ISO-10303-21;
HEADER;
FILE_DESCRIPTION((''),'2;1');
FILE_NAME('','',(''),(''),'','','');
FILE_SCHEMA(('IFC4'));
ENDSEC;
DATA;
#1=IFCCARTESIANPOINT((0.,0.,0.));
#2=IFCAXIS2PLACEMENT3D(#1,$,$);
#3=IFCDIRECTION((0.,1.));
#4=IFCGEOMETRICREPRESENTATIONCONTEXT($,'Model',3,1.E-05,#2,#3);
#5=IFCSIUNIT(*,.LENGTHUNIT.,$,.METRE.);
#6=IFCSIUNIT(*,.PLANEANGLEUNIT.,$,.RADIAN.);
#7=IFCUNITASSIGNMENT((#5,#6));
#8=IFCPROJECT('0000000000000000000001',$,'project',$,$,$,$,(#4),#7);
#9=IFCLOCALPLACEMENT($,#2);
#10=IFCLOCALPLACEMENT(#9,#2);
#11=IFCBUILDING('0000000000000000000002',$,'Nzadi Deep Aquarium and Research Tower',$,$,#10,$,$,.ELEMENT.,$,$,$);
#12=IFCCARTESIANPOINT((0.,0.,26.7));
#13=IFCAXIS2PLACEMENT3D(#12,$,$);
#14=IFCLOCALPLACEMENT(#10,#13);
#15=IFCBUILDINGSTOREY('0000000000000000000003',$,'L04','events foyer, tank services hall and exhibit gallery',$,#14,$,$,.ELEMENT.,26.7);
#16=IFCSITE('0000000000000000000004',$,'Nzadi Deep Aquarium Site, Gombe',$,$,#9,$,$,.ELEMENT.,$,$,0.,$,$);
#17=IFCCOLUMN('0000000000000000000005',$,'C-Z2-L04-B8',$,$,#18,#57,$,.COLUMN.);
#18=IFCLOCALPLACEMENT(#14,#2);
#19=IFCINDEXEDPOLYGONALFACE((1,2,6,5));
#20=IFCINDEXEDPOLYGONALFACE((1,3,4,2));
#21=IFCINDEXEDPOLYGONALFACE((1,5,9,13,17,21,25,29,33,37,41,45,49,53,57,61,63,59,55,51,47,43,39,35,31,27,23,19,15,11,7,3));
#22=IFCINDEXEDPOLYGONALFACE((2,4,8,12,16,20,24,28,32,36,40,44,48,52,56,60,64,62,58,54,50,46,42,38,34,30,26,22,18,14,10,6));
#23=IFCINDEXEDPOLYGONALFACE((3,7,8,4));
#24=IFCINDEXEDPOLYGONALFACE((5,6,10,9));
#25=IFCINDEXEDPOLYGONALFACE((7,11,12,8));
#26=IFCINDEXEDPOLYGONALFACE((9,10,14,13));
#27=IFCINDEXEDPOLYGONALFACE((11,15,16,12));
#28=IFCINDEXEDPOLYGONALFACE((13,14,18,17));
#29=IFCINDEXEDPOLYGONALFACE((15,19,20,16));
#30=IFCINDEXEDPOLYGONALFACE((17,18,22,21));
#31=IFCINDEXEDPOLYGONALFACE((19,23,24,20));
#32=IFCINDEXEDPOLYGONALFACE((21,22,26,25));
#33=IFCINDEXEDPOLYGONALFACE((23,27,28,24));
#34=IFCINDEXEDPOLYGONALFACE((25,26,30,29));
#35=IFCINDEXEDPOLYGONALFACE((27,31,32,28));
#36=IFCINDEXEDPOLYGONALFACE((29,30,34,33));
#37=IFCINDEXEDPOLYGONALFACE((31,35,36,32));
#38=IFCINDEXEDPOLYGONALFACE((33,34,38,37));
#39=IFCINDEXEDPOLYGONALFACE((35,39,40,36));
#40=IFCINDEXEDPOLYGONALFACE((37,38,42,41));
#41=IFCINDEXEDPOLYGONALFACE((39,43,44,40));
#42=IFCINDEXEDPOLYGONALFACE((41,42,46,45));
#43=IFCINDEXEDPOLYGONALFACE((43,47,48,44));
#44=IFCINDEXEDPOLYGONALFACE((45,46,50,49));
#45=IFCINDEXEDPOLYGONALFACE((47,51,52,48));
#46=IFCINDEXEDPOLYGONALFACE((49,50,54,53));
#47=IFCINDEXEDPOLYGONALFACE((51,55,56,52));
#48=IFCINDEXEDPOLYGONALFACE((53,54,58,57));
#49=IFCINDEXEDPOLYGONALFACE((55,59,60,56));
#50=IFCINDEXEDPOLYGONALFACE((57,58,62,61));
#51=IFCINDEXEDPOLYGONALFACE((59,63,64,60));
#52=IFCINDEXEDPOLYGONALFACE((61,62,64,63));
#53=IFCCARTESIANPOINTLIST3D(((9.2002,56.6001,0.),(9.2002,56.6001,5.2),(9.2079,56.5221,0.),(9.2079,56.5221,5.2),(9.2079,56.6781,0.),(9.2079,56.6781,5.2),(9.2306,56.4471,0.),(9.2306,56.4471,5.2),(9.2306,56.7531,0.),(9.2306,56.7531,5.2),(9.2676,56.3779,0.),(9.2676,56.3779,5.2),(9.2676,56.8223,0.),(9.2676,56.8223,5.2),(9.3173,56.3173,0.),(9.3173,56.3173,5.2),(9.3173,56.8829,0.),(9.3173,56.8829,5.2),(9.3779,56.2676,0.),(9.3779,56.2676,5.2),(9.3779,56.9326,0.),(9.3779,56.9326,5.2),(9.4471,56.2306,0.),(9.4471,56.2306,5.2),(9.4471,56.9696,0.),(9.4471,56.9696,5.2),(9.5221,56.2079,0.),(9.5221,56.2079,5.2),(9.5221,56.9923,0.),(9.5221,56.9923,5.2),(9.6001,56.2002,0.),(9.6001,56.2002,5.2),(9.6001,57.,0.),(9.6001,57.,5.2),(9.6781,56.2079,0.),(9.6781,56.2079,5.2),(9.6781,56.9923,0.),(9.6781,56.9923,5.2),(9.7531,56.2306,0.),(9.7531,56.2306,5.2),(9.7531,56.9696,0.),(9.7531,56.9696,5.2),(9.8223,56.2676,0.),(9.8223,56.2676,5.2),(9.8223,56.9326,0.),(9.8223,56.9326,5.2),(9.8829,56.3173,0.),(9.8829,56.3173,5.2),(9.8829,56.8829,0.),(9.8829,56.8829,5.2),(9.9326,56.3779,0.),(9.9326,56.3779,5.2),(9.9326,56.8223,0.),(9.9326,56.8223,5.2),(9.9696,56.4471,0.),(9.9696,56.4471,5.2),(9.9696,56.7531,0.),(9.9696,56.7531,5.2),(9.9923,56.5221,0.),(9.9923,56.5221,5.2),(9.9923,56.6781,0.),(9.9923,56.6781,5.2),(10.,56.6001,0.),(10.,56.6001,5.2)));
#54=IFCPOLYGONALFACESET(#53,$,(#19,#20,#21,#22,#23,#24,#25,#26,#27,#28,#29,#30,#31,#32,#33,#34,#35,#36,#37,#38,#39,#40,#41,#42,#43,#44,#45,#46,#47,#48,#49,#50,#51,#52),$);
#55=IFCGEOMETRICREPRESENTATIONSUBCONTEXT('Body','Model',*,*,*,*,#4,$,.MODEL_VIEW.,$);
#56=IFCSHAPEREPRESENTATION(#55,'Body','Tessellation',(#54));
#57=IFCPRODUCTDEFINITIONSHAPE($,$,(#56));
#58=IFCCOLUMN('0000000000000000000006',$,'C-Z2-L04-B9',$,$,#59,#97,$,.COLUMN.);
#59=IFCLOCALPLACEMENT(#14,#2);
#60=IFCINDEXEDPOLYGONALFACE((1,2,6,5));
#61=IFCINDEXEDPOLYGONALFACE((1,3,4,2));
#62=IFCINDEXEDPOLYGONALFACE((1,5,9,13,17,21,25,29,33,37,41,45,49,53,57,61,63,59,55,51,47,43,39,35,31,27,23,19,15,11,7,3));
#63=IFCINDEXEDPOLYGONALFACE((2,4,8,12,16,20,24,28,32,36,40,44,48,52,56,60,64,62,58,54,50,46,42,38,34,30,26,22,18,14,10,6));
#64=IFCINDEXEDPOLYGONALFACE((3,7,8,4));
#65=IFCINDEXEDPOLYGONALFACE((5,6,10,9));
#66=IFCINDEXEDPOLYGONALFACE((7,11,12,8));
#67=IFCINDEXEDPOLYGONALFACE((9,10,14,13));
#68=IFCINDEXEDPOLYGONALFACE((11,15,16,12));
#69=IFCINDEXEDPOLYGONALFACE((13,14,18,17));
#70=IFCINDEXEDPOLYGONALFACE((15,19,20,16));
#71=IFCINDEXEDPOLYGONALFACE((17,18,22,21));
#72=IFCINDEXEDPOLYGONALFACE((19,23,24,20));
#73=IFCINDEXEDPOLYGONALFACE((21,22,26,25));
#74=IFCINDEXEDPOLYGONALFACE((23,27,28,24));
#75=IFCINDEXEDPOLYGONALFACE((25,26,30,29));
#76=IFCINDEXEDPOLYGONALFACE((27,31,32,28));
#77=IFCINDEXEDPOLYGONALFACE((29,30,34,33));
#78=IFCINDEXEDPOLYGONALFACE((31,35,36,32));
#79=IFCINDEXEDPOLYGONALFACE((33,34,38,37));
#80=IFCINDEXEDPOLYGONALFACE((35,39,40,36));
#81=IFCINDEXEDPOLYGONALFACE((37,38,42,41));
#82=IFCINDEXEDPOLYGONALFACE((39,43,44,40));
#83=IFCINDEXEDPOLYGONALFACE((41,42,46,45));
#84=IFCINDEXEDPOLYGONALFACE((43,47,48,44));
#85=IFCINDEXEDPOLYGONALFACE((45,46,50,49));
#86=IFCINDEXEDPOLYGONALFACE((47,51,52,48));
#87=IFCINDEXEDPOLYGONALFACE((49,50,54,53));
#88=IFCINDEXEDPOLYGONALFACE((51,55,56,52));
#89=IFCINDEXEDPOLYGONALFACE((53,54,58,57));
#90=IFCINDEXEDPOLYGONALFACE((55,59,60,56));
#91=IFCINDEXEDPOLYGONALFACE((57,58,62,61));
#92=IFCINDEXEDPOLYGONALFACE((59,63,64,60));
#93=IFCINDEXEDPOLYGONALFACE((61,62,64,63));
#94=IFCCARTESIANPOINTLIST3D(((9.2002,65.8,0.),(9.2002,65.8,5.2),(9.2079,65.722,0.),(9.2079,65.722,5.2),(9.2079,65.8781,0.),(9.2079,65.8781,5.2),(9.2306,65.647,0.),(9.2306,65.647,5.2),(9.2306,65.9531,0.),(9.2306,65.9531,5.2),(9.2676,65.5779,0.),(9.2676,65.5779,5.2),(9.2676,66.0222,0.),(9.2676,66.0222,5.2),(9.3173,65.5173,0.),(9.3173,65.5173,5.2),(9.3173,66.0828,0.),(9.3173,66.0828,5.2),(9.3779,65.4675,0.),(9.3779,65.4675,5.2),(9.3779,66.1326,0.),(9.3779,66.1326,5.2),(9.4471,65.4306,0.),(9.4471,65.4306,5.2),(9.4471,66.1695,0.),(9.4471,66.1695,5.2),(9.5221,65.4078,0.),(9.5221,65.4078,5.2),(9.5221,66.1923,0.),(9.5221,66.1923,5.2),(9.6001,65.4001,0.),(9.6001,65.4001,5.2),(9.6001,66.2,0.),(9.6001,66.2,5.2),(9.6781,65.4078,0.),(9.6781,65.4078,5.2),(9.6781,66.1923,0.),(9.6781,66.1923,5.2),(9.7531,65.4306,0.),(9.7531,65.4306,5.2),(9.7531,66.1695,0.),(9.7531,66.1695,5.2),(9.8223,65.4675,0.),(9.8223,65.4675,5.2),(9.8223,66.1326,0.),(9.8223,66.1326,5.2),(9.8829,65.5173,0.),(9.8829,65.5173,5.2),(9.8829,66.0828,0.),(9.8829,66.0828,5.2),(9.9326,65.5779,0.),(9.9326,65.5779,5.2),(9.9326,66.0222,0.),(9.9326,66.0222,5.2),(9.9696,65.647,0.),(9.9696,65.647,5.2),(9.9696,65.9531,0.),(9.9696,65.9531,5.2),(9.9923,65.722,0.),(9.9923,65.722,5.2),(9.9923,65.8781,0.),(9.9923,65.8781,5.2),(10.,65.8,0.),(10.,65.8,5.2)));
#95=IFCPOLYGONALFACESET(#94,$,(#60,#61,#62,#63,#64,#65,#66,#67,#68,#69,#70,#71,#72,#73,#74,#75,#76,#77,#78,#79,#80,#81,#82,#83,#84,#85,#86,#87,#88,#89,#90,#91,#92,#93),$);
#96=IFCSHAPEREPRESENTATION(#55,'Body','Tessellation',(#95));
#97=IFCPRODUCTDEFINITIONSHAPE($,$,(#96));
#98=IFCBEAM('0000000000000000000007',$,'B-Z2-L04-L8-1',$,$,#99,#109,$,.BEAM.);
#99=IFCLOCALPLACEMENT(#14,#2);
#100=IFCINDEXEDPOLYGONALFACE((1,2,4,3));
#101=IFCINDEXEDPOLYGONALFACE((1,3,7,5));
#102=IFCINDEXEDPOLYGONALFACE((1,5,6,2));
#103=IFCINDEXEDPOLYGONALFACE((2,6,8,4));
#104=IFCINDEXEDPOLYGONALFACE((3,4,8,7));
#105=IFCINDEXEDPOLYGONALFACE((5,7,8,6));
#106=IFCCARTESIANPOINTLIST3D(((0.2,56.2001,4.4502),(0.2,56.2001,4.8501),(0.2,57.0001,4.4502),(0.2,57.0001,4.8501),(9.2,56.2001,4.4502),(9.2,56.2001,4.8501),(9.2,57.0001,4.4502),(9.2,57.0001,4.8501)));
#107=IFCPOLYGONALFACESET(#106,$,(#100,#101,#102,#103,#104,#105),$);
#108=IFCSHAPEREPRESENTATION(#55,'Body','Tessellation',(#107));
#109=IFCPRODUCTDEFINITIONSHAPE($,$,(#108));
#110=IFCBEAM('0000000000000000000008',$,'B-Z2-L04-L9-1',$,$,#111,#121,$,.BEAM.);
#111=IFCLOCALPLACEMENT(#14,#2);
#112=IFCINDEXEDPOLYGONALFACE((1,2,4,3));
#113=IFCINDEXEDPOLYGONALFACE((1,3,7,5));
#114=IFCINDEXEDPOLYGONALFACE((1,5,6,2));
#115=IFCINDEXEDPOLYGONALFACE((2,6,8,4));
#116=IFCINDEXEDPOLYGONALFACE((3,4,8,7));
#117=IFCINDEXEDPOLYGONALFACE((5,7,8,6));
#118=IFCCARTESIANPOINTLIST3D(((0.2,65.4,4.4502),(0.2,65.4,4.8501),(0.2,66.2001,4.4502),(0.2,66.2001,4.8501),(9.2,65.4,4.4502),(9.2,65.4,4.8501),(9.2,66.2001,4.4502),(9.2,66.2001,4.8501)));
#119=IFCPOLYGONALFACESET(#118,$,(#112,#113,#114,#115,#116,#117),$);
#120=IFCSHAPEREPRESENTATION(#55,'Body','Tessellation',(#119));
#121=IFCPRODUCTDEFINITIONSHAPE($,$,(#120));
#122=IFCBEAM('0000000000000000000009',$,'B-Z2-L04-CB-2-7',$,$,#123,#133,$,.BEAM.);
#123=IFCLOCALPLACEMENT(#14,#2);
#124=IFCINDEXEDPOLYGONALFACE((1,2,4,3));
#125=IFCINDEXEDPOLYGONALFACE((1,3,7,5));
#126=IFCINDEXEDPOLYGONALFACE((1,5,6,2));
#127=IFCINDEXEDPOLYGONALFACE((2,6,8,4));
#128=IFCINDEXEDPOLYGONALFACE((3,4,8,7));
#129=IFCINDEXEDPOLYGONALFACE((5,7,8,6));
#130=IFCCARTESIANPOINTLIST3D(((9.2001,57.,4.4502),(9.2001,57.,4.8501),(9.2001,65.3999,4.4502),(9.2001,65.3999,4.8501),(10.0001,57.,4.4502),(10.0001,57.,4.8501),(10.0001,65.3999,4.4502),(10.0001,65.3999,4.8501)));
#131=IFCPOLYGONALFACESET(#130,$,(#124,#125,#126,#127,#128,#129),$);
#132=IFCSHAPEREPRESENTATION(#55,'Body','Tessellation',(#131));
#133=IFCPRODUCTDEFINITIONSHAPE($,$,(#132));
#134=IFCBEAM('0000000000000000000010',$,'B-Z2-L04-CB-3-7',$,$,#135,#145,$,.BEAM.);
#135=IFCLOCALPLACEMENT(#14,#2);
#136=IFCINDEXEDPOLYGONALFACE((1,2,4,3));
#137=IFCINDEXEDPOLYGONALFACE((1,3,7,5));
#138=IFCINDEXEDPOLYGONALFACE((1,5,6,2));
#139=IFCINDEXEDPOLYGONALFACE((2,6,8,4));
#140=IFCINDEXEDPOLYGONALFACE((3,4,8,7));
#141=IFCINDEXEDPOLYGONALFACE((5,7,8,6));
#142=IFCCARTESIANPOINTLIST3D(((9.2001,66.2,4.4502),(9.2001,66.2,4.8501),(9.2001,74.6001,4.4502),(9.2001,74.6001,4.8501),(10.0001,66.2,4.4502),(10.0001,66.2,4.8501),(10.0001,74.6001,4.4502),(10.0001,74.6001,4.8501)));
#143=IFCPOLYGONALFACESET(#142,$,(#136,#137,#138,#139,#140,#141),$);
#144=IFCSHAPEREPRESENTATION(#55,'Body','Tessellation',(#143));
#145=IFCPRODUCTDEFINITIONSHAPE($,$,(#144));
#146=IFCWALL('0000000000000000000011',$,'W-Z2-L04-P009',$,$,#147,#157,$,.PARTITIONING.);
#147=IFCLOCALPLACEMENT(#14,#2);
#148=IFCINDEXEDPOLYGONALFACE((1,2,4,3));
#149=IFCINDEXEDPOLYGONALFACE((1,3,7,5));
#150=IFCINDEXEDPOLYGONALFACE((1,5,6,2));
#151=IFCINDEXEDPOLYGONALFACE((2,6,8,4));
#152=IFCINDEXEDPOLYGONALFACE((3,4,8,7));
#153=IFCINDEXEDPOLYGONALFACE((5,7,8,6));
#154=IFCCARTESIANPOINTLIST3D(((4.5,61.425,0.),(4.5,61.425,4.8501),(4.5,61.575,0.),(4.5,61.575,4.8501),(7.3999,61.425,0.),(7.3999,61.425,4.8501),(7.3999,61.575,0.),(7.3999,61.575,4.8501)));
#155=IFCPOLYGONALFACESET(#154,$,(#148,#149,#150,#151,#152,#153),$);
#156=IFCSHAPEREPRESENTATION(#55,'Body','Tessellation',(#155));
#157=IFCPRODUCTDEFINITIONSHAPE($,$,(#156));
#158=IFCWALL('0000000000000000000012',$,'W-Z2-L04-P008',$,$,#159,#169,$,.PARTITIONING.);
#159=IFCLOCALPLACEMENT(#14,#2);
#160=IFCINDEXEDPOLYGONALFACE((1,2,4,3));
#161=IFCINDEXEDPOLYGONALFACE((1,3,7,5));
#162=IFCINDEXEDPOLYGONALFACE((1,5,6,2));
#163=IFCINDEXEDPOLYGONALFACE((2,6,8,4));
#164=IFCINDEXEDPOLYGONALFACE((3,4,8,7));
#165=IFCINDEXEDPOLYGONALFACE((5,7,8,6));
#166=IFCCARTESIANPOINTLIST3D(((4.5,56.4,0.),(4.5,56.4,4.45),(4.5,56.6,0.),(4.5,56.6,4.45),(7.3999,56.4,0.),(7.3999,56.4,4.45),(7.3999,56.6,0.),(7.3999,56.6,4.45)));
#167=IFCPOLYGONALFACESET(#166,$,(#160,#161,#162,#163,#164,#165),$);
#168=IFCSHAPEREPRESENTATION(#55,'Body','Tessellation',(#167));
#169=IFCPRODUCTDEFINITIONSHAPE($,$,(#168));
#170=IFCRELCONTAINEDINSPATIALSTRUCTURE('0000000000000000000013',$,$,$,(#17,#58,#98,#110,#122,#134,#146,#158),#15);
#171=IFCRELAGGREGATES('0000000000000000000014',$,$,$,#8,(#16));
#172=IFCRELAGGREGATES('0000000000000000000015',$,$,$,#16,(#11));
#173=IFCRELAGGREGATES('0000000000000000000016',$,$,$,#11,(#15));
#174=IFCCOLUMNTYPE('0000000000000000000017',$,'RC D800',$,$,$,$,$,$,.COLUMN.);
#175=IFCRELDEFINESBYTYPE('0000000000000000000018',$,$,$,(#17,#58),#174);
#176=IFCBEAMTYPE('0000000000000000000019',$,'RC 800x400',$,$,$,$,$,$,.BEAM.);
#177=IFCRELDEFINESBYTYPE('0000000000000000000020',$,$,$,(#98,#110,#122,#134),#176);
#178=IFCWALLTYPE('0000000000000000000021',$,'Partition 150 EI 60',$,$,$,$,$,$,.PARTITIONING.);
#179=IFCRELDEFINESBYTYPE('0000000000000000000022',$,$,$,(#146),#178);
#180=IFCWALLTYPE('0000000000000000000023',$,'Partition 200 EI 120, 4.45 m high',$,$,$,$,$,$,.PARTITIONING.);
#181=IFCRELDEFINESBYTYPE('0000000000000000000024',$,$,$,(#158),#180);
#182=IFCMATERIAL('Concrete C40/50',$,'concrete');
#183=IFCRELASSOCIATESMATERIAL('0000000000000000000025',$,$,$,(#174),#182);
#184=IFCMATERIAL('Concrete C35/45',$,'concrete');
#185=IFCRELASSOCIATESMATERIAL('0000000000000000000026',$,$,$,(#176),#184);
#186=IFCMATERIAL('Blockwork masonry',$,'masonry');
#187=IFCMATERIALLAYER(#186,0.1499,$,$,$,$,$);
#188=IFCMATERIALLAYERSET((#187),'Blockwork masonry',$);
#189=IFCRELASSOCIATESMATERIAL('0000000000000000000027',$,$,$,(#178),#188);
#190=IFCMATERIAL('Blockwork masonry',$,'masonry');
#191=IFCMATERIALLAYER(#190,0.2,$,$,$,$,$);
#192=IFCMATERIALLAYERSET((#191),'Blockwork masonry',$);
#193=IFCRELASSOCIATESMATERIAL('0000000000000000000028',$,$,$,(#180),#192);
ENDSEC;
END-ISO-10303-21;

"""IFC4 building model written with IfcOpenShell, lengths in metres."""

from ifc_helpers import new_model, si_unit, direction, frame, frame_2d, origin, origin_2d, place, context, subcontext, project, spatial, rectangle, circle, extrude, material, layer, layer_set, material_profile, profile_set, type_object, element, save


model = new_model("IFC4")

# Units and contexts
model_context = context("Model", 3, precision=1e-05, world=origin(), true_north=direction((0.0, 1.0)))
body_context = subcontext(model_context, "Body", "Model", "MODEL_VIEW")
ifc_project = project(units=[si_unit("LENGTHUNIT", "METRE"), si_unit("PLANEANGLEUNIT", "RADIAN")], contexts=[model_context])

# Site, building, storey
site_placement = place(None, origin())
site = spatial("IfcSite", under=ifc_project, at=site_placement, Name="Nzadi Deep Aquarium Site, Gombe", CompositionType="ELEMENT", RefElevation=0.0)
building_placement = place(site_placement, origin())
building = spatial("IfcBuilding", under=site, at=building_placement, Name="Nzadi Deep Aquarium and Research Tower", CompositionType="ELEMENT")
storey_placement = place(building_placement, frame((0.0, 0.0, 26.7)))
storey = spatial("IfcBuildingStorey", under=building, at=storey_placement, Name="L04", Description="events foyer, tank services hall and exhibit gallery", CompositionType="ELEMENT", Elevation=26.7)

# Columns
ifc_material_1 = material(Name="Concrete C40/50", Category="concrete")
ifc_material_profile_1 = material_profile(ifc_material_1, circle(Radius=0.3999, at=origin_2d()))
ifc_profile_set_1 = profile_set([ifc_material_profile_1], Name="Concrete C40/50")
column_type = type_object("IfcColumnType", Name="RC D800", PredefinedType="COLUMN", material=ifc_profile_set_1)
for number, where, z_axis, x_axis, name in (
    (1, (9.6001, 56.6001, 0.0), (0.0, 0.0, 1.0), (1.0, 0.0, 0.0), "C-Z2-L04-B8"),
    (2, (9.6001, 65.8, 0.0), (0.0, 0.0, 1.0), (1.0, 0.0, 0.0), "C-Z2-L04-B9"),
):
    element("IfcColumn", number, at=place(storey_placement, frame(where, z_axis=z_axis, x_axis=x_axis)), inside=storey, type_object=column_type, Name=name, PredefinedType="COLUMN", context=body_context, shape_type="SweptSolid", body=[
        extrude(circle(Radius=0.3999, at=origin_2d()), origin(), (0.0, 0.0, 1.0), 5.2),
    ])

# Beams
ifc_material_2 = material(Name="Concrete C35/45", Category="concrete")
ifc_material_profile_2 = material_profile(ifc_material_2, rectangle(XDim=0.8, YDim=0.3999, at=origin_2d()))
ifc_profile_set_2 = profile_set([ifc_material_profile_2], Name="Concrete C35/45")
beam_type = type_object("IfcBeamType", Name="RC 800x400", PredefinedType="BEAM", material=ifc_profile_set_2)
for number, where, z_axis, x_axis, name in (
    (3, (0.2, 56.6001, 4.6501), (1.0, 0.0, 0.0), (0.0, 1.0, 0.0), "B-Z2-L04-L8-1"),
    (4, (0.2, 65.8, 4.6501), (1.0, 0.0, 0.0), (0.0, 1.0, 0.0), "B-Z2-L04-L9-1"),
):
    element("IfcBeam", number, at=place(storey_placement, frame(where, z_axis=z_axis, x_axis=x_axis)), inside=storey, type_object=beam_type, Name=name, PredefinedType="BEAM", context=body_context, shape_type="SweptSolid", body=[
        extrude(rectangle(XDim=0.8, YDim=0.3999, at=origin_2d()), origin(), (0.0, 0.0, 1.0), 9.0),
    ])
beam_1_placement = place(storey_placement, frame((9.6001, 57.0, 4.6501), z_axis=(0.0, 1.0, 0.0), x_axis=(-1.0, 0.0, 0.0)))
element("IfcBeam", 5, at=beam_1_placement, inside=storey, type_object=beam_type, Name="B-Z2-L04-CB-2-7", PredefinedType="BEAM", context=body_context, shape_type="SweptSolid", body=[
    extrude(rectangle(XDim=0.8, YDim=0.3999, at=origin_2d()), origin(), (0.0, 0.0, 1.0), 8.3999),
])
beam_2_placement = place(storey_placement, frame((9.6001, 66.2, 4.6501), z_axis=(0.0, 1.0, 0.0), x_axis=(-1.0, 0.0, 0.0)))
element("IfcBeam", 6, at=beam_2_placement, inside=storey, type_object=beam_type, Name="B-Z2-L04-CB-3-7", PredefinedType="BEAM", context=body_context, shape_type="SweptSolid", body=[
    extrude(rectangle(XDim=0.8, YDim=0.3999, at=origin_2d()), origin(), (0.0, 0.0, 1.0), 8.4001),
])

# Walls
ifc_material_3 = material(Name="Blockwork masonry", Category="masonry")
ifc_layer_1 = layer(ifc_material_3, 0.1499)
ifc_layer_set_1 = layer_set([ifc_layer_1], Name="Blockwork masonry")
wall_type_1 = type_object("IfcWallType", Name="Partition 150 EI 60", PredefinedType="PARTITIONING", material=ifc_layer_set_1)
wall_1_placement = place(storey_placement, frame((4.5, 61.5, 0.0), z_axis=(0.0, 0.0, 1.0), x_axis=(1.0, 0.0, 0.0)))
element("IfcWall", 7, at=wall_1_placement, inside=storey, type_object=wall_type_1, Name="W-Z2-L04-P009", PredefinedType="PARTITIONING", context=body_context, shape_type="SweptSolid", body=[
    extrude(rectangle(XDim=2.8999, YDim=0.1499, at=frame_2d((1.45, 0.0))), origin(), (0.0, 0.0, 1.0), 4.8501),
])
ifc_material_4 = material(Name="Blockwork masonry", Category="masonry")
ifc_layer_2 = layer(ifc_material_4, 0.2)
ifc_layer_set_2 = layer_set([ifc_layer_2], Name="Blockwork masonry")
wall_type_2 = type_object("IfcWallType", Name="Partition 200 EI 120, 4.45 m high", PredefinedType="PARTITIONING", material=ifc_layer_set_2)
wall_2_placement = place(storey_placement, frame((4.5, 56.5, 0.0), z_axis=(0.0, 0.0, 1.0), x_axis=(1.0, 0.0, 0.0)))
element("IfcWall", 8, at=wall_2_placement, inside=storey, type_object=wall_type_2, Name="W-Z2-L04-P008", PredefinedType="PARTITIONING", context=body_context, shape_type="SweptSolid", body=[
    extrude(rectangle(XDim=2.8999, YDim=0.2, at=frame_2d((1.45, 0.0))), origin(), (0.0, 0.0, 1.0), 4.45),
])

save(model, "model.ifc")
